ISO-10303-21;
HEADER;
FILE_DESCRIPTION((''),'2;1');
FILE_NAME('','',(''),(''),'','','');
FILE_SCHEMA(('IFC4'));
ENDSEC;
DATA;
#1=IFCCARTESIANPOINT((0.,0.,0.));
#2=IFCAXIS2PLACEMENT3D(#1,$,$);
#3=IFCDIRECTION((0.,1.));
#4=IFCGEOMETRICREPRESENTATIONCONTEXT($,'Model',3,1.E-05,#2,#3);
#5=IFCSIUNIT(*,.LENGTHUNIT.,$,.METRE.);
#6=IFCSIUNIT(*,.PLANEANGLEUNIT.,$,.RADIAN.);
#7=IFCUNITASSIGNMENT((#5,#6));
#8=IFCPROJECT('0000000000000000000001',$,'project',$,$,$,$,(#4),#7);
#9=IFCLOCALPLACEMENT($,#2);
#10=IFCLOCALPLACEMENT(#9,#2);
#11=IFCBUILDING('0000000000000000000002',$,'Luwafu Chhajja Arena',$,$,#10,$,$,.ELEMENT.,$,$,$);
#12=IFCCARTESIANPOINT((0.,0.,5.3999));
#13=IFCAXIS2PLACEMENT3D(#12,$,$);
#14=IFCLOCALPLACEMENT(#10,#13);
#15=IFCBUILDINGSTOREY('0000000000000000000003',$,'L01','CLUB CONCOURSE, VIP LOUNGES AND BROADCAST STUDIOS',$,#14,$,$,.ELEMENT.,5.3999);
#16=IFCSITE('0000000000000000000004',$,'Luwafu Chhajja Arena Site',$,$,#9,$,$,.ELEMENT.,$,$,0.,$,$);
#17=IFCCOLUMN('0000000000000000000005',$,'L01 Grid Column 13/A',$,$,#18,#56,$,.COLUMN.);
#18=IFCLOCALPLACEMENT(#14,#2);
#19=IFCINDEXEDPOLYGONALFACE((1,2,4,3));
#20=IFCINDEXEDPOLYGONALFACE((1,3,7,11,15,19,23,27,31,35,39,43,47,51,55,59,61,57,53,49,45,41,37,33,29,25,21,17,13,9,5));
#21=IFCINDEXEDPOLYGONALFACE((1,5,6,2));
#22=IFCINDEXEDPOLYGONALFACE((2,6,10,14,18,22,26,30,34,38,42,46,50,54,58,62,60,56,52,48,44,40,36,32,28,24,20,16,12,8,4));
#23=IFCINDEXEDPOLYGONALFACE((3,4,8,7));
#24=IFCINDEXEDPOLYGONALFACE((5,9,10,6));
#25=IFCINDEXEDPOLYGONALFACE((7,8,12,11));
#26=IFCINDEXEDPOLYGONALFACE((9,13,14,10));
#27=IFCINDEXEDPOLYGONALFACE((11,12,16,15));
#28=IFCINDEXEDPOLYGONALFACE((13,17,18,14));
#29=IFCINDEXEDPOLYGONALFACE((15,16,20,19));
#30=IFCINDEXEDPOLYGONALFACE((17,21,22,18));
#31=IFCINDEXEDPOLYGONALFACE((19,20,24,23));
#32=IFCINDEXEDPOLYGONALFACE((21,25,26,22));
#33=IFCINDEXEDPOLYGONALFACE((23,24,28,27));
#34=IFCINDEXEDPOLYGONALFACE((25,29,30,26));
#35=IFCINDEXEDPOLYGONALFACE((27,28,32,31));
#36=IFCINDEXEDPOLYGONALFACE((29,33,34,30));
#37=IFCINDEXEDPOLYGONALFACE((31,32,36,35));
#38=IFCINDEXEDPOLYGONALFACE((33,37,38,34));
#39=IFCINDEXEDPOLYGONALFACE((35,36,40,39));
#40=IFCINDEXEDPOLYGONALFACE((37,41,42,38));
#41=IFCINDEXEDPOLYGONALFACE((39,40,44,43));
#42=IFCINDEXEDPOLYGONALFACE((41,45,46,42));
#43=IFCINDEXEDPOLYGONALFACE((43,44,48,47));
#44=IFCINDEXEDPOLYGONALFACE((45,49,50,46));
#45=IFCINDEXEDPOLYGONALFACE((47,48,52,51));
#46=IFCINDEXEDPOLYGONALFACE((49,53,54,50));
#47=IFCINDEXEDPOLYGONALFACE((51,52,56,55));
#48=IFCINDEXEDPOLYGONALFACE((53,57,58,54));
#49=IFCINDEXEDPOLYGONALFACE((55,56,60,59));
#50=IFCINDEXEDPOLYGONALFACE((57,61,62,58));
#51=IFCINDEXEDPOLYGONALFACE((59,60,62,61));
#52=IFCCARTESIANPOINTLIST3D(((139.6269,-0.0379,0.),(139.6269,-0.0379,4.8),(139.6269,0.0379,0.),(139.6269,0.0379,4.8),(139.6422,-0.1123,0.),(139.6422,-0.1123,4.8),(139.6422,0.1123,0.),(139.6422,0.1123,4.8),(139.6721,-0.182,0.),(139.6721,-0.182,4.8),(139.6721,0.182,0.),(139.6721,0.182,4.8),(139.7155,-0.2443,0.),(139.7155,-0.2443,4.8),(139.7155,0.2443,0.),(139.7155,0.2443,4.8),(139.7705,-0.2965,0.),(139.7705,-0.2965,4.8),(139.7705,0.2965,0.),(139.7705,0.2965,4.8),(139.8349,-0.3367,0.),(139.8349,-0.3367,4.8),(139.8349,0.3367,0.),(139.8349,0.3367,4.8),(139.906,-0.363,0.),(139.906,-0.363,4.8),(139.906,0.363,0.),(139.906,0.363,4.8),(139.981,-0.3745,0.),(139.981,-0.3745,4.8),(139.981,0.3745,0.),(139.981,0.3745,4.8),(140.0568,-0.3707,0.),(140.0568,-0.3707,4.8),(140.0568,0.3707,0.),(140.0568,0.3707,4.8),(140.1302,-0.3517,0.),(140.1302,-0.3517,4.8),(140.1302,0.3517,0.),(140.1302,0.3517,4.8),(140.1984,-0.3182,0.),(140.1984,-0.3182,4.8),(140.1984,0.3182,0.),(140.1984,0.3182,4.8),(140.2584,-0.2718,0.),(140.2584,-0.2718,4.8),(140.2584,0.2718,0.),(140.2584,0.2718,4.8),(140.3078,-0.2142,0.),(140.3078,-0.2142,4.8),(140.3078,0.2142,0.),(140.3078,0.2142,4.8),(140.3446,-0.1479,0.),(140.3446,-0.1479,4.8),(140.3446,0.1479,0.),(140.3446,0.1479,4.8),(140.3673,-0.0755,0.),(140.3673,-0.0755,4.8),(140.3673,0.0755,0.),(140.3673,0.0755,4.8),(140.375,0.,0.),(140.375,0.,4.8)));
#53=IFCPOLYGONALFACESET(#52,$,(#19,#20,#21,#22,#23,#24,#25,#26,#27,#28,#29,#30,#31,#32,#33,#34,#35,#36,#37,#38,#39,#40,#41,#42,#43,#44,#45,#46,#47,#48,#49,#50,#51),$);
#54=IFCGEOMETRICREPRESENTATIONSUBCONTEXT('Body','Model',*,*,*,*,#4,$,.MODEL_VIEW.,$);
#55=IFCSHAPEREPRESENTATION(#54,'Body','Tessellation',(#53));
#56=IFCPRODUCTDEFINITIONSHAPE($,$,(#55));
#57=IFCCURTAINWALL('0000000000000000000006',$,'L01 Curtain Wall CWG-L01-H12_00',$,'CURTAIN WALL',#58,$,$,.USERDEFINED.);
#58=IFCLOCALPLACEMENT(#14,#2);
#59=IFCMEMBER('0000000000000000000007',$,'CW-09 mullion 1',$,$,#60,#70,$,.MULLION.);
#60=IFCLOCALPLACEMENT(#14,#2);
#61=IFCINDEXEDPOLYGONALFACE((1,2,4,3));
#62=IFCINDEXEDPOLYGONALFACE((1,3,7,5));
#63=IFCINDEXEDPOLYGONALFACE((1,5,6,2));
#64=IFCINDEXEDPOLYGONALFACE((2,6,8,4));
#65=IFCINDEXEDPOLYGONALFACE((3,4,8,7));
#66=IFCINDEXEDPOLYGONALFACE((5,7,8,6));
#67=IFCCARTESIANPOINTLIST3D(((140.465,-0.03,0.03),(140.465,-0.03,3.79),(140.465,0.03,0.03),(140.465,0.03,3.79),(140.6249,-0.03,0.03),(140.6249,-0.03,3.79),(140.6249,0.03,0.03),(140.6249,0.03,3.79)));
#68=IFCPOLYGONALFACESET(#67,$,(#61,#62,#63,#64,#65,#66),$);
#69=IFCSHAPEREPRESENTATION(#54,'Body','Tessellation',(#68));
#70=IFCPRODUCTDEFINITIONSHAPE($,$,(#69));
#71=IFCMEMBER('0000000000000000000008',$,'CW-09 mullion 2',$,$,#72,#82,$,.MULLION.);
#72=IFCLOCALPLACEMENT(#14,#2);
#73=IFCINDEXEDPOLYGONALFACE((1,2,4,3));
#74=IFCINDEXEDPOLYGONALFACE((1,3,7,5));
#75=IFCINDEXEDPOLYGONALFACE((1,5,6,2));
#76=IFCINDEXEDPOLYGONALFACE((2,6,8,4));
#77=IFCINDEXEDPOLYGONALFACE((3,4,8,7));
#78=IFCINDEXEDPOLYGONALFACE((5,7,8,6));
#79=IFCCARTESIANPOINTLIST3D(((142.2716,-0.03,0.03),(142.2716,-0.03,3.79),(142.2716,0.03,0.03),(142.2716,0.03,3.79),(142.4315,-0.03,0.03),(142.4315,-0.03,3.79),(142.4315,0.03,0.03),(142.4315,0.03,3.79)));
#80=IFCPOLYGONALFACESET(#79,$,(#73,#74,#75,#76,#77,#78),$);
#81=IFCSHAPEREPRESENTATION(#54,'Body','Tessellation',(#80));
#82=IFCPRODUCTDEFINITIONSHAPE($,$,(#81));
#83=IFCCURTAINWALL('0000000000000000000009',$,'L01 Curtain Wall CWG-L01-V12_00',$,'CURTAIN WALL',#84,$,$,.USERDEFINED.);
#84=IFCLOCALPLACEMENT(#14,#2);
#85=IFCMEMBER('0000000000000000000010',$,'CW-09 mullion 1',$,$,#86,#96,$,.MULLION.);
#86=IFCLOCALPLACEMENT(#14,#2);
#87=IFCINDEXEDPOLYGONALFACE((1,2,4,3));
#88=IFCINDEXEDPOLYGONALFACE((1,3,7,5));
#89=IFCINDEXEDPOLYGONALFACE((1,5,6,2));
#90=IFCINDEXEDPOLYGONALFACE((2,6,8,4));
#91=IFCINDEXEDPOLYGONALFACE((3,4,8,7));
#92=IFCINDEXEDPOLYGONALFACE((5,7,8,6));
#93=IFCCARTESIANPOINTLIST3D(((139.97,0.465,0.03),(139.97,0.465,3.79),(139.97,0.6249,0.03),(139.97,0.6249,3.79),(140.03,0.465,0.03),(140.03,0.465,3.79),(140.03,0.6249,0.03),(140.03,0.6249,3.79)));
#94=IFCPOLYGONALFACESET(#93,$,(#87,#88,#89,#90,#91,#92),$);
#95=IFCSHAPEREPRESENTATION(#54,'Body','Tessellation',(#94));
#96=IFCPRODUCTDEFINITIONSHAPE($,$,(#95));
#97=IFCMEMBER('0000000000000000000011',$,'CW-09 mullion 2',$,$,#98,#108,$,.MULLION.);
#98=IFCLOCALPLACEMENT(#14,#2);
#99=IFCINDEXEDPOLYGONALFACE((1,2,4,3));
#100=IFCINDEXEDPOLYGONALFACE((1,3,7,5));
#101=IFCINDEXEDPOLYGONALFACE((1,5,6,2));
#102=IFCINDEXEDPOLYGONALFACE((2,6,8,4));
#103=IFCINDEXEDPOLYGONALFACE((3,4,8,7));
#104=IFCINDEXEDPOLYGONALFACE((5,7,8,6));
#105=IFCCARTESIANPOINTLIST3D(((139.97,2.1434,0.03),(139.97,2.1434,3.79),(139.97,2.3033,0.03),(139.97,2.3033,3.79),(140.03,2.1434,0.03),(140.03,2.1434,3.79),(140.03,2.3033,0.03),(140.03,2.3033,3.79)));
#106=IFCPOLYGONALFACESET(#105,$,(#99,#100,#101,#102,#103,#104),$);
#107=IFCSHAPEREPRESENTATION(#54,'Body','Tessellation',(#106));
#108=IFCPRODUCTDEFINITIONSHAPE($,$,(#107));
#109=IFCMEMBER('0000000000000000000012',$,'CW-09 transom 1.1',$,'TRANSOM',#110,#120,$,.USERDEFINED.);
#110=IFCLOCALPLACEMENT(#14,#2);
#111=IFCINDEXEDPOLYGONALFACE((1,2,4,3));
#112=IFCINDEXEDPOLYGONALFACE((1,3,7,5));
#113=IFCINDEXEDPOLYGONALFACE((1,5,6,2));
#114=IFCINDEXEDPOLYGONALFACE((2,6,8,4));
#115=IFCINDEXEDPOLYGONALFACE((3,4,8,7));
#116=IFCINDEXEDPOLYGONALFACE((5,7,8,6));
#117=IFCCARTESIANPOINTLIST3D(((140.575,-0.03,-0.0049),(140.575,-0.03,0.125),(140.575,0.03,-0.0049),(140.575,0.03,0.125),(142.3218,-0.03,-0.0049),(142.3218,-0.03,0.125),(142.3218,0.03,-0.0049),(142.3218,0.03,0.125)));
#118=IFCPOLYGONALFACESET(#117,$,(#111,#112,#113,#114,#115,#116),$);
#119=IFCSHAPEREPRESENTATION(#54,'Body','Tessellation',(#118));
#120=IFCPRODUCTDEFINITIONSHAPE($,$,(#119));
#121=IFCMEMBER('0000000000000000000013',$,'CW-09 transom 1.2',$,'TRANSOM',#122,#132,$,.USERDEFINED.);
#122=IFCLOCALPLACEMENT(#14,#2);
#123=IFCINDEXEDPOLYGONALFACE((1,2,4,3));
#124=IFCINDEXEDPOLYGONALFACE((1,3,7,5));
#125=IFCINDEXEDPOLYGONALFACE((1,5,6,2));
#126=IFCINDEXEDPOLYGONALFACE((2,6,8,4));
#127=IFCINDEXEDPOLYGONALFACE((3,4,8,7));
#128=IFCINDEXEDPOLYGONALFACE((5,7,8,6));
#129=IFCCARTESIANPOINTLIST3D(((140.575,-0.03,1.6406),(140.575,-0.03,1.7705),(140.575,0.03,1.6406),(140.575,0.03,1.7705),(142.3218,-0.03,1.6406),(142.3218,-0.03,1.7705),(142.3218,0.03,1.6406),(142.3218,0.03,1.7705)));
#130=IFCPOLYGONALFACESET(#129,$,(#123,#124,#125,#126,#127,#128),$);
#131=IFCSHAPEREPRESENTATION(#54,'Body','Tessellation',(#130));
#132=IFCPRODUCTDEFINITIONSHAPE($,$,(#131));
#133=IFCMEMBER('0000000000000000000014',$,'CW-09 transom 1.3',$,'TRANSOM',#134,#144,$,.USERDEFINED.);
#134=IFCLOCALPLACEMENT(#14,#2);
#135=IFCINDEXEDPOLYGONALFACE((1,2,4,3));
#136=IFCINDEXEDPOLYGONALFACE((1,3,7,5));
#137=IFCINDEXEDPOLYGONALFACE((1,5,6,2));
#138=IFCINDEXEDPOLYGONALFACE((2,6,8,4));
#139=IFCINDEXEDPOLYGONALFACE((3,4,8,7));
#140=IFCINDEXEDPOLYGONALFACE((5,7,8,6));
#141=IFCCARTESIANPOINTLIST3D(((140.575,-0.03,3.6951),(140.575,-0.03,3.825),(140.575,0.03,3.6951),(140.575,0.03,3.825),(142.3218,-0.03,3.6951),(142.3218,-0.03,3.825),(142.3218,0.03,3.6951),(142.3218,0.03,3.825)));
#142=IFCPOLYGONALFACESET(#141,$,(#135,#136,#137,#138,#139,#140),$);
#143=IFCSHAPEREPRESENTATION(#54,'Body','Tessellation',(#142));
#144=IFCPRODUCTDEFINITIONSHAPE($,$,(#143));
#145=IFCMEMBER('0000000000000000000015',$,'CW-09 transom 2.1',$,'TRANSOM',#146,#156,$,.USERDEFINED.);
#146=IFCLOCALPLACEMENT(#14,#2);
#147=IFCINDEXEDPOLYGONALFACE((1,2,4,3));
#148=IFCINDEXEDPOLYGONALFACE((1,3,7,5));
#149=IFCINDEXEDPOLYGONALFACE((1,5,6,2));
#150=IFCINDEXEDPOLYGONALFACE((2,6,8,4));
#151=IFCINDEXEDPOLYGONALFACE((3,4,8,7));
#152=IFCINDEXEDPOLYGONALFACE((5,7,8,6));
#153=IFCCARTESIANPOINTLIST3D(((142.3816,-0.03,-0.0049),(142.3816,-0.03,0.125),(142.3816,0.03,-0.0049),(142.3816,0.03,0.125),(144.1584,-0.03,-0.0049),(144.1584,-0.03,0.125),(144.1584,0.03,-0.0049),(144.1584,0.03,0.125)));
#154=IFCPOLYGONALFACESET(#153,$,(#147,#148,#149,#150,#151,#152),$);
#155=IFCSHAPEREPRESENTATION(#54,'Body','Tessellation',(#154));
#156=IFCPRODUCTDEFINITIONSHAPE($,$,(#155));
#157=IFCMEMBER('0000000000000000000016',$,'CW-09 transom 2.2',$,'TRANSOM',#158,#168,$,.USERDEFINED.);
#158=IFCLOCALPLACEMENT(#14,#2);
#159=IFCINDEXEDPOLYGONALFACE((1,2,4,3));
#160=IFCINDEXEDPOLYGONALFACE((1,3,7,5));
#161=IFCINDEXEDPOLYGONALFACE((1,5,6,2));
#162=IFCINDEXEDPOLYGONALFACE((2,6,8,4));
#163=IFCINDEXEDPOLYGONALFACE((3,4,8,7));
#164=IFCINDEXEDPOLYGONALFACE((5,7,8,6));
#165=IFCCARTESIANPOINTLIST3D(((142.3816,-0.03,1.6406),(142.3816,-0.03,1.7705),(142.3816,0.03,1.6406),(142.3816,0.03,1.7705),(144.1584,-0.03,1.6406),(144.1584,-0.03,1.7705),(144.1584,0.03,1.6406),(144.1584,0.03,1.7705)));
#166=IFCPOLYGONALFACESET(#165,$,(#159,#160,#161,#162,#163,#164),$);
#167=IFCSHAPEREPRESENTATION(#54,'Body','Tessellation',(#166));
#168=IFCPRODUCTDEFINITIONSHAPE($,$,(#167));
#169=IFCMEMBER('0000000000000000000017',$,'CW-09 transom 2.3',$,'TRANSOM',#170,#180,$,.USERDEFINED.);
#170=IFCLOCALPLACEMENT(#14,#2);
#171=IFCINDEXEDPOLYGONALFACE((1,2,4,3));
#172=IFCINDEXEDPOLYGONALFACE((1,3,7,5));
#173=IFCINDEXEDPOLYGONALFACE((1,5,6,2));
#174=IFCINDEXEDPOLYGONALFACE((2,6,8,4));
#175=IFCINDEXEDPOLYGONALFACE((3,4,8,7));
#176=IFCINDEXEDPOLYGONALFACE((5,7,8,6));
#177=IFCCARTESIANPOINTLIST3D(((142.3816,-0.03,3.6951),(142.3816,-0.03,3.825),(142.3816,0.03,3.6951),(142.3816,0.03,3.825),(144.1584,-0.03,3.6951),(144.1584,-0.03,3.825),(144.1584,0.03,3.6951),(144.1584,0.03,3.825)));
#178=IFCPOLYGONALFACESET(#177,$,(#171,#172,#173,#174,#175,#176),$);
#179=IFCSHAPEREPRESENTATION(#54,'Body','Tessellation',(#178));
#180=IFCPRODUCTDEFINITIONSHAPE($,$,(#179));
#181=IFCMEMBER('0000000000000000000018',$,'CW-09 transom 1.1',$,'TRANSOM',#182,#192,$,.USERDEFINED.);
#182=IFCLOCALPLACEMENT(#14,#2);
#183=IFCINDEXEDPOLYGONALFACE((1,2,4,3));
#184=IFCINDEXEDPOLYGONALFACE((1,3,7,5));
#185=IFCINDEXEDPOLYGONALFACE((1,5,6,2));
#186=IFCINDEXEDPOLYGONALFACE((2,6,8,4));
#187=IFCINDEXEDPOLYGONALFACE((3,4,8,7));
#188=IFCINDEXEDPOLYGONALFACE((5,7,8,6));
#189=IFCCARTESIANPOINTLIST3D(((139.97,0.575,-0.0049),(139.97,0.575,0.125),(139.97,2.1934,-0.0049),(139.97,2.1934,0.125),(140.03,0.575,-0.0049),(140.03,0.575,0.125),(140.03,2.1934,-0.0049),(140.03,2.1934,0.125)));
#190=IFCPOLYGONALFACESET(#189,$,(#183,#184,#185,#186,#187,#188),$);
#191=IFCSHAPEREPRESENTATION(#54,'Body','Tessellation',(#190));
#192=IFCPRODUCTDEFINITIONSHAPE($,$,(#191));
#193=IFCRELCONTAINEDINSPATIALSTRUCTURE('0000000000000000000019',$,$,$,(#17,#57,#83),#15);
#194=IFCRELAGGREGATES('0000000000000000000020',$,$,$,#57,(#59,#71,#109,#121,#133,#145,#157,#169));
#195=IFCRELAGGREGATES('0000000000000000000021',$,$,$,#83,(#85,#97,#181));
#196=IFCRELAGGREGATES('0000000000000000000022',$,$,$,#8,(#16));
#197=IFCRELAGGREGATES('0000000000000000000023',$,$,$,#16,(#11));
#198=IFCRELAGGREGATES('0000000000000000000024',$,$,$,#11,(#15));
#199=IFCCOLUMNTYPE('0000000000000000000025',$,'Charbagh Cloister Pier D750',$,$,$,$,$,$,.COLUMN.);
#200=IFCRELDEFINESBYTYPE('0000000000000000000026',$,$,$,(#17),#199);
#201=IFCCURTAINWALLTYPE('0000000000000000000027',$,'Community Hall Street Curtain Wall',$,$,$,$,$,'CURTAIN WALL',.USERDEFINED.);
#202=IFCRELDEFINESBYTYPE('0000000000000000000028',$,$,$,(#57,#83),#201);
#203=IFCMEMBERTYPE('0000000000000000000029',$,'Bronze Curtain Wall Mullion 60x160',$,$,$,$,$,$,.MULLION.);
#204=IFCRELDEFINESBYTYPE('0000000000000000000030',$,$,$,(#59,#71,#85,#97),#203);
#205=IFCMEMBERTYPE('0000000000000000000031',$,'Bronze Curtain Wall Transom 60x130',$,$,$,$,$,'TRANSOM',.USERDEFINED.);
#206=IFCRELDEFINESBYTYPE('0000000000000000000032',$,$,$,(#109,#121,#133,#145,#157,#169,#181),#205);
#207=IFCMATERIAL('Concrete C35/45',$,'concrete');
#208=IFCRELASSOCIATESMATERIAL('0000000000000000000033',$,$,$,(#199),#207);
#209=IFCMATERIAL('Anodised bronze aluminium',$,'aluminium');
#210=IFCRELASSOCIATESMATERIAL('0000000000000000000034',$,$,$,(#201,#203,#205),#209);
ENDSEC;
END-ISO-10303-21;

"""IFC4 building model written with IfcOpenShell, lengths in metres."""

from ifc_helpers import new_model, si_unit, direction, frame, origin, origin_2d, place, context, subcontext, project, spatial, rectangle, circle, extrude, material, material_profile, profile_set, type_object, element, aggregate, save


model = new_model("IFC4")

# Units and contexts
model_context = context("Model", 3, precision=1e-05, world=origin(), true_north=direction((0.0, 1.0)))
body_context = subcontext(model_context, "Body", "Model", "MODEL_VIEW")
ifc_project = project(units=[si_unit("LENGTHUNIT", "METRE"), si_unit("PLANEANGLEUNIT", "RADIAN")], contexts=[model_context])

# Site, building, storey
site_placement = place(None, origin())
site = spatial("IfcSite", under=ifc_project, at=site_placement, Name="Luwafu Chhajja Arena Site", CompositionType="ELEMENT", RefElevation=0.0)
building_placement = place(site_placement, origin())
building = spatial("IfcBuilding", under=site, at=building_placement, Name="Luwafu Chhajja Arena", CompositionType="ELEMENT")
storey_placement = place(building_placement, frame((0.0, 0.0, 5.3999)))
storey = spatial("IfcBuildingStorey", under=building, at=storey_placement, Name="L01", Description="CLUB CONCOURSE, VIP LOUNGES AND BROADCAST STUDIOS", CompositionType="ELEMENT", Elevation=5.3999)

# Column
ifc_material_1 = material(Name="Concrete C35/45", Category="concrete")
ifc_material_profile_1 = material_profile(ifc_material_1, circle(Radius=0.375, at=origin_2d()), Name="RC COL D750")
ifc_profile_set_1 = profile_set([ifc_material_profile_1], Name="Concrete C35/45")
column_type = type_object("IfcColumnType", Name="Charbagh Cloister Pier D750", PredefinedType="COLUMN", material=ifc_profile_set_1)
column_placement = place(storey_placement, frame((140.0, 0.0, 0.0), z_axis=(0.0, 0.0, 1.0), x_axis=(1.0, 0.0, 0.0)))
element("IfcColumn", 1, at=column_placement, inside=storey, type_object=column_type, Name="L01 Grid Column 13/A", PredefinedType="COLUMN", context=body_context, shape_type="SweptSolid", body=[
    extrude(circle(Radius=0.375, at=origin_2d()), origin(), (0.0, 0.0, 1.0), 4.8),
])

# Curtain walls, members
ifc_material_2 = material(Name="Anodised bronze aluminium", Category="aluminium")
curtain_wall_type = type_object("IfcCurtainWallType", Name="Community Hall Street Curtain Wall", ElementType="CURTAIN WALL", PredefinedType="USERDEFINED", material=ifc_material_2)
curtain_wall_1_placement = place(storey_placement, origin())
curtain_wall_1 = element("IfcCurtainWall", 2, at=curtain_wall_1_placement, inside=storey, type_object=curtain_wall_type, Name="L01 Curtain Wall CWG-L01-H12_00", ObjectType="CURTAIN WALL", PredefinedType="USERDEFINED")
ifc_material_profile_2 = material_profile(ifc_material_2, rectangle(XDim=0.0601, YDim=0.1599, at=origin_2d()), Name="CWM 60x160")
ifc_profile_set_2 = profile_set([ifc_material_profile_2], Name="Anodised bronze aluminium")
member_type_1 = type_object("IfcMemberType", Name="Bronze Curtain Wall Mullion 60x160", PredefinedType="MULLION", material=ifc_profile_set_2)
member_1_placement = place(storey_placement, frame((140.5449, 0.0, 0.03), z_axis=(0.0, 0.0, 1.0), x_axis=(0.0, 1.0, 0.0)))
member_1 = element("IfcMember", 3, at=member_1_placement, type_object=member_type_1, Name="CW-09 mullion 1", PredefinedType="MULLION", context=body_context, shape_type="SweptSolid", body=[
    extrude(rectangle(XDim=0.0601, YDim=0.1599, at=origin_2d()), origin(), (0.0, 0.0, 1.0), 3.76),
])
member_2_placement = place(storey_placement, frame((142.3516, 0.0, 0.03), z_axis=(0.0, 0.0, 1.0), x_axis=(0.0, 1.0, 0.0)))
member_2 = element("IfcMember", 4, at=member_2_placement, type_object=member_type_1, Name="CW-09 mullion 2", PredefinedType="MULLION", context=body_context, shape_type="SweptSolid", body=[
    extrude(rectangle(XDim=0.0601, YDim=0.1599, at=origin_2d()), origin(), (0.0, 0.0, 1.0), 3.76),
])
curtain_wall_2_placement = place(storey_placement, origin())
curtain_wall_2 = element("IfcCurtainWall", 5, at=curtain_wall_2_placement, inside=storey, type_object=curtain_wall_type, Name="L01 Curtain Wall CWG-L01-V12_00", ObjectType="CURTAIN WALL", PredefinedType="USERDEFINED")
member_3_placement = place(storey_placement, frame((140.0, 0.5449, 0.03), z_axis=(0.0, 0.0, 1.0), x_axis=(-1.0, 0.0, 0.0)))
member_3 = element("IfcMember", 6, at=member_3_placement, type_object=member_type_1, Name="CW-09 mullion 1", PredefinedType="MULLION", context=body_context, shape_type="SweptSolid", body=[
    extrude(rectangle(XDim=0.0601, YDim=0.1599, at=origin_2d()), origin(), (0.0, 0.0, 1.0), 3.76),
])
member_4_placement = place(storey_placement, frame((140.0, 2.2234, 0.03), z_axis=(0.0, 0.0, 1.0), x_axis=(-1.0, 0.0, 0.0)))
member_4 = element("IfcMember", 7, at=member_4_placement, type_object=member_type_1, Name="CW-09 mullion 2", PredefinedType="MULLION", context=body_context, shape_type="SweptSolid", body=[
    extrude(rectangle(XDim=0.0601, YDim=0.1599, at=origin_2d()), origin(), (0.0, 0.0, 1.0), 3.76),
])

# Members
ifc_material_profile_3 = material_profile(ifc_material_2, rectangle(XDim=0.0601, YDim=0.1299, at=origin_2d()), Name="CWT 60x130")
ifc_profile_set_3 = profile_set([ifc_material_profile_3], Name="Anodised bronze aluminium")
member_type_2 = type_object("IfcMemberType", Name="Bronze Curtain Wall Transom 60x130", ElementType="TRANSOM", PredefinedType="USERDEFINED", material=ifc_profile_set_3)
member_5_placement = place(storey_placement, frame((140.575, 0.0, 0.0601), z_axis=(1.0, 0.0, 0.0), x_axis=(0.0, 1.0, 0.0)))
member_5 = element("IfcMember", 8, at=member_5_placement, type_object=member_type_2, Name="CW-09 transom 1.1", ObjectType="TRANSOM", PredefinedType="USERDEFINED", context=body_context, shape_type="SweptSolid", body=[
    extrude(rectangle(XDim=0.0601, YDim=0.1299, at=origin_2d()), origin(), (0.0, 0.0, 1.0), 1.7468),
])
member_6_placement = place(storey_placement, frame((140.575, 0.0, 1.7056), z_axis=(1.0, 0.0, 0.0), x_axis=(0.0, 1.0, 0.0)))
member_6 = element("IfcMember", 9, at=member_6_placement, type_object=member_type_2, Name="CW-09 transom 1.2", ObjectType="TRANSOM", PredefinedType="USERDEFINED", context=body_context, shape_type="SweptSolid", body=[
    extrude(rectangle(XDim=0.0601, YDim=0.1299, at=origin_2d()), origin(), (0.0, 0.0, 1.0), 1.7468),
])
member_7_placement = place(storey_placement, frame((140.575, 0.0, 3.76), z_axis=(1.0, 0.0, 0.0), x_axis=(0.0, 1.0, 0.0)))
member_7 = element("IfcMember", 10, at=member_7_placement, type_object=member_type_2, Name="CW-09 transom 1.3", ObjectType="TRANSOM", PredefinedType="USERDEFINED", context=body_context, shape_type="SweptSolid", body=[
    extrude(rectangle(XDim=0.0601, YDim=0.1299, at=origin_2d()), origin(), (0.0, 0.0, 1.0), 1.7468),
])
member_8_placement = place(storey_placement, frame((142.3816, 0.0, 0.0601), z_axis=(1.0, 0.0, 0.0), x_axis=(0.0, 1.0, 0.0)))
member_8 = element("IfcMember", 11, at=member_8_placement, type_object=member_type_2, Name="CW-09 transom 2.1", ObjectType="TRANSOM", PredefinedType="USERDEFINED", context=body_context, shape_type="SweptSolid", body=[
    extrude(rectangle(XDim=0.0601, YDim=0.1299, at=origin_2d()), origin(), (0.0, 0.0, 1.0), 1.7769),
])
member_9_placement = place(storey_placement, frame((142.3816, 0.0, 1.7056), z_axis=(1.0, 0.0, 0.0), x_axis=(0.0, 1.0, 0.0)))
member_9 = element("IfcMember", 12, at=member_9_placement, type_object=member_type_2, Name="CW-09 transom 2.2", ObjectType="TRANSOM", PredefinedType="USERDEFINED", context=body_context, shape_type="SweptSolid", body=[
    extrude(rectangle(XDim=0.0601, YDim=0.1299, at=origin_2d()), origin(), (0.0, 0.0, 1.0), 1.7769),
])
member_10_placement = place(storey_placement, frame((142.3816, 0.0, 3.76), z_axis=(1.0, 0.0, 0.0), x_axis=(0.0, 1.0, 0.0)))
member_10 = element("IfcMember", 13, at=member_10_placement, type_object=member_type_2, Name="CW-09 transom 2.3", ObjectType="TRANSOM", PredefinedType="USERDEFINED", context=body_context, shape_type="SweptSolid", body=[
    extrude(rectangle(XDim=0.0601, YDim=0.1299, at=origin_2d()), origin(), (0.0, 0.0, 1.0), 1.7769),
])
member_11_placement = place(storey_placement, frame((140.0, 0.575, 0.0601), z_axis=(0.0, 1.0, 0.0), x_axis=(-1.0, 0.0, 0.0)))
member_11 = element("IfcMember", 14, at=member_11_placement, type_object=member_type_2, Name="CW-09 transom 1.1", ObjectType="TRANSOM", PredefinedType="USERDEFINED", context=body_context, shape_type="SweptSolid", body=[
    extrude(rectangle(XDim=0.0601, YDim=0.1299, at=origin_2d()), origin(), (0.0, 0.0, 1.0), 1.6184),
])

aggregate(curtain_wall_1, [member_1, member_2, member_5, member_6, member_7, member_8, member_9, member_10])
aggregate(curtain_wall_2, [member_3, member_4, member_11])

save(model, "model.ifc")
